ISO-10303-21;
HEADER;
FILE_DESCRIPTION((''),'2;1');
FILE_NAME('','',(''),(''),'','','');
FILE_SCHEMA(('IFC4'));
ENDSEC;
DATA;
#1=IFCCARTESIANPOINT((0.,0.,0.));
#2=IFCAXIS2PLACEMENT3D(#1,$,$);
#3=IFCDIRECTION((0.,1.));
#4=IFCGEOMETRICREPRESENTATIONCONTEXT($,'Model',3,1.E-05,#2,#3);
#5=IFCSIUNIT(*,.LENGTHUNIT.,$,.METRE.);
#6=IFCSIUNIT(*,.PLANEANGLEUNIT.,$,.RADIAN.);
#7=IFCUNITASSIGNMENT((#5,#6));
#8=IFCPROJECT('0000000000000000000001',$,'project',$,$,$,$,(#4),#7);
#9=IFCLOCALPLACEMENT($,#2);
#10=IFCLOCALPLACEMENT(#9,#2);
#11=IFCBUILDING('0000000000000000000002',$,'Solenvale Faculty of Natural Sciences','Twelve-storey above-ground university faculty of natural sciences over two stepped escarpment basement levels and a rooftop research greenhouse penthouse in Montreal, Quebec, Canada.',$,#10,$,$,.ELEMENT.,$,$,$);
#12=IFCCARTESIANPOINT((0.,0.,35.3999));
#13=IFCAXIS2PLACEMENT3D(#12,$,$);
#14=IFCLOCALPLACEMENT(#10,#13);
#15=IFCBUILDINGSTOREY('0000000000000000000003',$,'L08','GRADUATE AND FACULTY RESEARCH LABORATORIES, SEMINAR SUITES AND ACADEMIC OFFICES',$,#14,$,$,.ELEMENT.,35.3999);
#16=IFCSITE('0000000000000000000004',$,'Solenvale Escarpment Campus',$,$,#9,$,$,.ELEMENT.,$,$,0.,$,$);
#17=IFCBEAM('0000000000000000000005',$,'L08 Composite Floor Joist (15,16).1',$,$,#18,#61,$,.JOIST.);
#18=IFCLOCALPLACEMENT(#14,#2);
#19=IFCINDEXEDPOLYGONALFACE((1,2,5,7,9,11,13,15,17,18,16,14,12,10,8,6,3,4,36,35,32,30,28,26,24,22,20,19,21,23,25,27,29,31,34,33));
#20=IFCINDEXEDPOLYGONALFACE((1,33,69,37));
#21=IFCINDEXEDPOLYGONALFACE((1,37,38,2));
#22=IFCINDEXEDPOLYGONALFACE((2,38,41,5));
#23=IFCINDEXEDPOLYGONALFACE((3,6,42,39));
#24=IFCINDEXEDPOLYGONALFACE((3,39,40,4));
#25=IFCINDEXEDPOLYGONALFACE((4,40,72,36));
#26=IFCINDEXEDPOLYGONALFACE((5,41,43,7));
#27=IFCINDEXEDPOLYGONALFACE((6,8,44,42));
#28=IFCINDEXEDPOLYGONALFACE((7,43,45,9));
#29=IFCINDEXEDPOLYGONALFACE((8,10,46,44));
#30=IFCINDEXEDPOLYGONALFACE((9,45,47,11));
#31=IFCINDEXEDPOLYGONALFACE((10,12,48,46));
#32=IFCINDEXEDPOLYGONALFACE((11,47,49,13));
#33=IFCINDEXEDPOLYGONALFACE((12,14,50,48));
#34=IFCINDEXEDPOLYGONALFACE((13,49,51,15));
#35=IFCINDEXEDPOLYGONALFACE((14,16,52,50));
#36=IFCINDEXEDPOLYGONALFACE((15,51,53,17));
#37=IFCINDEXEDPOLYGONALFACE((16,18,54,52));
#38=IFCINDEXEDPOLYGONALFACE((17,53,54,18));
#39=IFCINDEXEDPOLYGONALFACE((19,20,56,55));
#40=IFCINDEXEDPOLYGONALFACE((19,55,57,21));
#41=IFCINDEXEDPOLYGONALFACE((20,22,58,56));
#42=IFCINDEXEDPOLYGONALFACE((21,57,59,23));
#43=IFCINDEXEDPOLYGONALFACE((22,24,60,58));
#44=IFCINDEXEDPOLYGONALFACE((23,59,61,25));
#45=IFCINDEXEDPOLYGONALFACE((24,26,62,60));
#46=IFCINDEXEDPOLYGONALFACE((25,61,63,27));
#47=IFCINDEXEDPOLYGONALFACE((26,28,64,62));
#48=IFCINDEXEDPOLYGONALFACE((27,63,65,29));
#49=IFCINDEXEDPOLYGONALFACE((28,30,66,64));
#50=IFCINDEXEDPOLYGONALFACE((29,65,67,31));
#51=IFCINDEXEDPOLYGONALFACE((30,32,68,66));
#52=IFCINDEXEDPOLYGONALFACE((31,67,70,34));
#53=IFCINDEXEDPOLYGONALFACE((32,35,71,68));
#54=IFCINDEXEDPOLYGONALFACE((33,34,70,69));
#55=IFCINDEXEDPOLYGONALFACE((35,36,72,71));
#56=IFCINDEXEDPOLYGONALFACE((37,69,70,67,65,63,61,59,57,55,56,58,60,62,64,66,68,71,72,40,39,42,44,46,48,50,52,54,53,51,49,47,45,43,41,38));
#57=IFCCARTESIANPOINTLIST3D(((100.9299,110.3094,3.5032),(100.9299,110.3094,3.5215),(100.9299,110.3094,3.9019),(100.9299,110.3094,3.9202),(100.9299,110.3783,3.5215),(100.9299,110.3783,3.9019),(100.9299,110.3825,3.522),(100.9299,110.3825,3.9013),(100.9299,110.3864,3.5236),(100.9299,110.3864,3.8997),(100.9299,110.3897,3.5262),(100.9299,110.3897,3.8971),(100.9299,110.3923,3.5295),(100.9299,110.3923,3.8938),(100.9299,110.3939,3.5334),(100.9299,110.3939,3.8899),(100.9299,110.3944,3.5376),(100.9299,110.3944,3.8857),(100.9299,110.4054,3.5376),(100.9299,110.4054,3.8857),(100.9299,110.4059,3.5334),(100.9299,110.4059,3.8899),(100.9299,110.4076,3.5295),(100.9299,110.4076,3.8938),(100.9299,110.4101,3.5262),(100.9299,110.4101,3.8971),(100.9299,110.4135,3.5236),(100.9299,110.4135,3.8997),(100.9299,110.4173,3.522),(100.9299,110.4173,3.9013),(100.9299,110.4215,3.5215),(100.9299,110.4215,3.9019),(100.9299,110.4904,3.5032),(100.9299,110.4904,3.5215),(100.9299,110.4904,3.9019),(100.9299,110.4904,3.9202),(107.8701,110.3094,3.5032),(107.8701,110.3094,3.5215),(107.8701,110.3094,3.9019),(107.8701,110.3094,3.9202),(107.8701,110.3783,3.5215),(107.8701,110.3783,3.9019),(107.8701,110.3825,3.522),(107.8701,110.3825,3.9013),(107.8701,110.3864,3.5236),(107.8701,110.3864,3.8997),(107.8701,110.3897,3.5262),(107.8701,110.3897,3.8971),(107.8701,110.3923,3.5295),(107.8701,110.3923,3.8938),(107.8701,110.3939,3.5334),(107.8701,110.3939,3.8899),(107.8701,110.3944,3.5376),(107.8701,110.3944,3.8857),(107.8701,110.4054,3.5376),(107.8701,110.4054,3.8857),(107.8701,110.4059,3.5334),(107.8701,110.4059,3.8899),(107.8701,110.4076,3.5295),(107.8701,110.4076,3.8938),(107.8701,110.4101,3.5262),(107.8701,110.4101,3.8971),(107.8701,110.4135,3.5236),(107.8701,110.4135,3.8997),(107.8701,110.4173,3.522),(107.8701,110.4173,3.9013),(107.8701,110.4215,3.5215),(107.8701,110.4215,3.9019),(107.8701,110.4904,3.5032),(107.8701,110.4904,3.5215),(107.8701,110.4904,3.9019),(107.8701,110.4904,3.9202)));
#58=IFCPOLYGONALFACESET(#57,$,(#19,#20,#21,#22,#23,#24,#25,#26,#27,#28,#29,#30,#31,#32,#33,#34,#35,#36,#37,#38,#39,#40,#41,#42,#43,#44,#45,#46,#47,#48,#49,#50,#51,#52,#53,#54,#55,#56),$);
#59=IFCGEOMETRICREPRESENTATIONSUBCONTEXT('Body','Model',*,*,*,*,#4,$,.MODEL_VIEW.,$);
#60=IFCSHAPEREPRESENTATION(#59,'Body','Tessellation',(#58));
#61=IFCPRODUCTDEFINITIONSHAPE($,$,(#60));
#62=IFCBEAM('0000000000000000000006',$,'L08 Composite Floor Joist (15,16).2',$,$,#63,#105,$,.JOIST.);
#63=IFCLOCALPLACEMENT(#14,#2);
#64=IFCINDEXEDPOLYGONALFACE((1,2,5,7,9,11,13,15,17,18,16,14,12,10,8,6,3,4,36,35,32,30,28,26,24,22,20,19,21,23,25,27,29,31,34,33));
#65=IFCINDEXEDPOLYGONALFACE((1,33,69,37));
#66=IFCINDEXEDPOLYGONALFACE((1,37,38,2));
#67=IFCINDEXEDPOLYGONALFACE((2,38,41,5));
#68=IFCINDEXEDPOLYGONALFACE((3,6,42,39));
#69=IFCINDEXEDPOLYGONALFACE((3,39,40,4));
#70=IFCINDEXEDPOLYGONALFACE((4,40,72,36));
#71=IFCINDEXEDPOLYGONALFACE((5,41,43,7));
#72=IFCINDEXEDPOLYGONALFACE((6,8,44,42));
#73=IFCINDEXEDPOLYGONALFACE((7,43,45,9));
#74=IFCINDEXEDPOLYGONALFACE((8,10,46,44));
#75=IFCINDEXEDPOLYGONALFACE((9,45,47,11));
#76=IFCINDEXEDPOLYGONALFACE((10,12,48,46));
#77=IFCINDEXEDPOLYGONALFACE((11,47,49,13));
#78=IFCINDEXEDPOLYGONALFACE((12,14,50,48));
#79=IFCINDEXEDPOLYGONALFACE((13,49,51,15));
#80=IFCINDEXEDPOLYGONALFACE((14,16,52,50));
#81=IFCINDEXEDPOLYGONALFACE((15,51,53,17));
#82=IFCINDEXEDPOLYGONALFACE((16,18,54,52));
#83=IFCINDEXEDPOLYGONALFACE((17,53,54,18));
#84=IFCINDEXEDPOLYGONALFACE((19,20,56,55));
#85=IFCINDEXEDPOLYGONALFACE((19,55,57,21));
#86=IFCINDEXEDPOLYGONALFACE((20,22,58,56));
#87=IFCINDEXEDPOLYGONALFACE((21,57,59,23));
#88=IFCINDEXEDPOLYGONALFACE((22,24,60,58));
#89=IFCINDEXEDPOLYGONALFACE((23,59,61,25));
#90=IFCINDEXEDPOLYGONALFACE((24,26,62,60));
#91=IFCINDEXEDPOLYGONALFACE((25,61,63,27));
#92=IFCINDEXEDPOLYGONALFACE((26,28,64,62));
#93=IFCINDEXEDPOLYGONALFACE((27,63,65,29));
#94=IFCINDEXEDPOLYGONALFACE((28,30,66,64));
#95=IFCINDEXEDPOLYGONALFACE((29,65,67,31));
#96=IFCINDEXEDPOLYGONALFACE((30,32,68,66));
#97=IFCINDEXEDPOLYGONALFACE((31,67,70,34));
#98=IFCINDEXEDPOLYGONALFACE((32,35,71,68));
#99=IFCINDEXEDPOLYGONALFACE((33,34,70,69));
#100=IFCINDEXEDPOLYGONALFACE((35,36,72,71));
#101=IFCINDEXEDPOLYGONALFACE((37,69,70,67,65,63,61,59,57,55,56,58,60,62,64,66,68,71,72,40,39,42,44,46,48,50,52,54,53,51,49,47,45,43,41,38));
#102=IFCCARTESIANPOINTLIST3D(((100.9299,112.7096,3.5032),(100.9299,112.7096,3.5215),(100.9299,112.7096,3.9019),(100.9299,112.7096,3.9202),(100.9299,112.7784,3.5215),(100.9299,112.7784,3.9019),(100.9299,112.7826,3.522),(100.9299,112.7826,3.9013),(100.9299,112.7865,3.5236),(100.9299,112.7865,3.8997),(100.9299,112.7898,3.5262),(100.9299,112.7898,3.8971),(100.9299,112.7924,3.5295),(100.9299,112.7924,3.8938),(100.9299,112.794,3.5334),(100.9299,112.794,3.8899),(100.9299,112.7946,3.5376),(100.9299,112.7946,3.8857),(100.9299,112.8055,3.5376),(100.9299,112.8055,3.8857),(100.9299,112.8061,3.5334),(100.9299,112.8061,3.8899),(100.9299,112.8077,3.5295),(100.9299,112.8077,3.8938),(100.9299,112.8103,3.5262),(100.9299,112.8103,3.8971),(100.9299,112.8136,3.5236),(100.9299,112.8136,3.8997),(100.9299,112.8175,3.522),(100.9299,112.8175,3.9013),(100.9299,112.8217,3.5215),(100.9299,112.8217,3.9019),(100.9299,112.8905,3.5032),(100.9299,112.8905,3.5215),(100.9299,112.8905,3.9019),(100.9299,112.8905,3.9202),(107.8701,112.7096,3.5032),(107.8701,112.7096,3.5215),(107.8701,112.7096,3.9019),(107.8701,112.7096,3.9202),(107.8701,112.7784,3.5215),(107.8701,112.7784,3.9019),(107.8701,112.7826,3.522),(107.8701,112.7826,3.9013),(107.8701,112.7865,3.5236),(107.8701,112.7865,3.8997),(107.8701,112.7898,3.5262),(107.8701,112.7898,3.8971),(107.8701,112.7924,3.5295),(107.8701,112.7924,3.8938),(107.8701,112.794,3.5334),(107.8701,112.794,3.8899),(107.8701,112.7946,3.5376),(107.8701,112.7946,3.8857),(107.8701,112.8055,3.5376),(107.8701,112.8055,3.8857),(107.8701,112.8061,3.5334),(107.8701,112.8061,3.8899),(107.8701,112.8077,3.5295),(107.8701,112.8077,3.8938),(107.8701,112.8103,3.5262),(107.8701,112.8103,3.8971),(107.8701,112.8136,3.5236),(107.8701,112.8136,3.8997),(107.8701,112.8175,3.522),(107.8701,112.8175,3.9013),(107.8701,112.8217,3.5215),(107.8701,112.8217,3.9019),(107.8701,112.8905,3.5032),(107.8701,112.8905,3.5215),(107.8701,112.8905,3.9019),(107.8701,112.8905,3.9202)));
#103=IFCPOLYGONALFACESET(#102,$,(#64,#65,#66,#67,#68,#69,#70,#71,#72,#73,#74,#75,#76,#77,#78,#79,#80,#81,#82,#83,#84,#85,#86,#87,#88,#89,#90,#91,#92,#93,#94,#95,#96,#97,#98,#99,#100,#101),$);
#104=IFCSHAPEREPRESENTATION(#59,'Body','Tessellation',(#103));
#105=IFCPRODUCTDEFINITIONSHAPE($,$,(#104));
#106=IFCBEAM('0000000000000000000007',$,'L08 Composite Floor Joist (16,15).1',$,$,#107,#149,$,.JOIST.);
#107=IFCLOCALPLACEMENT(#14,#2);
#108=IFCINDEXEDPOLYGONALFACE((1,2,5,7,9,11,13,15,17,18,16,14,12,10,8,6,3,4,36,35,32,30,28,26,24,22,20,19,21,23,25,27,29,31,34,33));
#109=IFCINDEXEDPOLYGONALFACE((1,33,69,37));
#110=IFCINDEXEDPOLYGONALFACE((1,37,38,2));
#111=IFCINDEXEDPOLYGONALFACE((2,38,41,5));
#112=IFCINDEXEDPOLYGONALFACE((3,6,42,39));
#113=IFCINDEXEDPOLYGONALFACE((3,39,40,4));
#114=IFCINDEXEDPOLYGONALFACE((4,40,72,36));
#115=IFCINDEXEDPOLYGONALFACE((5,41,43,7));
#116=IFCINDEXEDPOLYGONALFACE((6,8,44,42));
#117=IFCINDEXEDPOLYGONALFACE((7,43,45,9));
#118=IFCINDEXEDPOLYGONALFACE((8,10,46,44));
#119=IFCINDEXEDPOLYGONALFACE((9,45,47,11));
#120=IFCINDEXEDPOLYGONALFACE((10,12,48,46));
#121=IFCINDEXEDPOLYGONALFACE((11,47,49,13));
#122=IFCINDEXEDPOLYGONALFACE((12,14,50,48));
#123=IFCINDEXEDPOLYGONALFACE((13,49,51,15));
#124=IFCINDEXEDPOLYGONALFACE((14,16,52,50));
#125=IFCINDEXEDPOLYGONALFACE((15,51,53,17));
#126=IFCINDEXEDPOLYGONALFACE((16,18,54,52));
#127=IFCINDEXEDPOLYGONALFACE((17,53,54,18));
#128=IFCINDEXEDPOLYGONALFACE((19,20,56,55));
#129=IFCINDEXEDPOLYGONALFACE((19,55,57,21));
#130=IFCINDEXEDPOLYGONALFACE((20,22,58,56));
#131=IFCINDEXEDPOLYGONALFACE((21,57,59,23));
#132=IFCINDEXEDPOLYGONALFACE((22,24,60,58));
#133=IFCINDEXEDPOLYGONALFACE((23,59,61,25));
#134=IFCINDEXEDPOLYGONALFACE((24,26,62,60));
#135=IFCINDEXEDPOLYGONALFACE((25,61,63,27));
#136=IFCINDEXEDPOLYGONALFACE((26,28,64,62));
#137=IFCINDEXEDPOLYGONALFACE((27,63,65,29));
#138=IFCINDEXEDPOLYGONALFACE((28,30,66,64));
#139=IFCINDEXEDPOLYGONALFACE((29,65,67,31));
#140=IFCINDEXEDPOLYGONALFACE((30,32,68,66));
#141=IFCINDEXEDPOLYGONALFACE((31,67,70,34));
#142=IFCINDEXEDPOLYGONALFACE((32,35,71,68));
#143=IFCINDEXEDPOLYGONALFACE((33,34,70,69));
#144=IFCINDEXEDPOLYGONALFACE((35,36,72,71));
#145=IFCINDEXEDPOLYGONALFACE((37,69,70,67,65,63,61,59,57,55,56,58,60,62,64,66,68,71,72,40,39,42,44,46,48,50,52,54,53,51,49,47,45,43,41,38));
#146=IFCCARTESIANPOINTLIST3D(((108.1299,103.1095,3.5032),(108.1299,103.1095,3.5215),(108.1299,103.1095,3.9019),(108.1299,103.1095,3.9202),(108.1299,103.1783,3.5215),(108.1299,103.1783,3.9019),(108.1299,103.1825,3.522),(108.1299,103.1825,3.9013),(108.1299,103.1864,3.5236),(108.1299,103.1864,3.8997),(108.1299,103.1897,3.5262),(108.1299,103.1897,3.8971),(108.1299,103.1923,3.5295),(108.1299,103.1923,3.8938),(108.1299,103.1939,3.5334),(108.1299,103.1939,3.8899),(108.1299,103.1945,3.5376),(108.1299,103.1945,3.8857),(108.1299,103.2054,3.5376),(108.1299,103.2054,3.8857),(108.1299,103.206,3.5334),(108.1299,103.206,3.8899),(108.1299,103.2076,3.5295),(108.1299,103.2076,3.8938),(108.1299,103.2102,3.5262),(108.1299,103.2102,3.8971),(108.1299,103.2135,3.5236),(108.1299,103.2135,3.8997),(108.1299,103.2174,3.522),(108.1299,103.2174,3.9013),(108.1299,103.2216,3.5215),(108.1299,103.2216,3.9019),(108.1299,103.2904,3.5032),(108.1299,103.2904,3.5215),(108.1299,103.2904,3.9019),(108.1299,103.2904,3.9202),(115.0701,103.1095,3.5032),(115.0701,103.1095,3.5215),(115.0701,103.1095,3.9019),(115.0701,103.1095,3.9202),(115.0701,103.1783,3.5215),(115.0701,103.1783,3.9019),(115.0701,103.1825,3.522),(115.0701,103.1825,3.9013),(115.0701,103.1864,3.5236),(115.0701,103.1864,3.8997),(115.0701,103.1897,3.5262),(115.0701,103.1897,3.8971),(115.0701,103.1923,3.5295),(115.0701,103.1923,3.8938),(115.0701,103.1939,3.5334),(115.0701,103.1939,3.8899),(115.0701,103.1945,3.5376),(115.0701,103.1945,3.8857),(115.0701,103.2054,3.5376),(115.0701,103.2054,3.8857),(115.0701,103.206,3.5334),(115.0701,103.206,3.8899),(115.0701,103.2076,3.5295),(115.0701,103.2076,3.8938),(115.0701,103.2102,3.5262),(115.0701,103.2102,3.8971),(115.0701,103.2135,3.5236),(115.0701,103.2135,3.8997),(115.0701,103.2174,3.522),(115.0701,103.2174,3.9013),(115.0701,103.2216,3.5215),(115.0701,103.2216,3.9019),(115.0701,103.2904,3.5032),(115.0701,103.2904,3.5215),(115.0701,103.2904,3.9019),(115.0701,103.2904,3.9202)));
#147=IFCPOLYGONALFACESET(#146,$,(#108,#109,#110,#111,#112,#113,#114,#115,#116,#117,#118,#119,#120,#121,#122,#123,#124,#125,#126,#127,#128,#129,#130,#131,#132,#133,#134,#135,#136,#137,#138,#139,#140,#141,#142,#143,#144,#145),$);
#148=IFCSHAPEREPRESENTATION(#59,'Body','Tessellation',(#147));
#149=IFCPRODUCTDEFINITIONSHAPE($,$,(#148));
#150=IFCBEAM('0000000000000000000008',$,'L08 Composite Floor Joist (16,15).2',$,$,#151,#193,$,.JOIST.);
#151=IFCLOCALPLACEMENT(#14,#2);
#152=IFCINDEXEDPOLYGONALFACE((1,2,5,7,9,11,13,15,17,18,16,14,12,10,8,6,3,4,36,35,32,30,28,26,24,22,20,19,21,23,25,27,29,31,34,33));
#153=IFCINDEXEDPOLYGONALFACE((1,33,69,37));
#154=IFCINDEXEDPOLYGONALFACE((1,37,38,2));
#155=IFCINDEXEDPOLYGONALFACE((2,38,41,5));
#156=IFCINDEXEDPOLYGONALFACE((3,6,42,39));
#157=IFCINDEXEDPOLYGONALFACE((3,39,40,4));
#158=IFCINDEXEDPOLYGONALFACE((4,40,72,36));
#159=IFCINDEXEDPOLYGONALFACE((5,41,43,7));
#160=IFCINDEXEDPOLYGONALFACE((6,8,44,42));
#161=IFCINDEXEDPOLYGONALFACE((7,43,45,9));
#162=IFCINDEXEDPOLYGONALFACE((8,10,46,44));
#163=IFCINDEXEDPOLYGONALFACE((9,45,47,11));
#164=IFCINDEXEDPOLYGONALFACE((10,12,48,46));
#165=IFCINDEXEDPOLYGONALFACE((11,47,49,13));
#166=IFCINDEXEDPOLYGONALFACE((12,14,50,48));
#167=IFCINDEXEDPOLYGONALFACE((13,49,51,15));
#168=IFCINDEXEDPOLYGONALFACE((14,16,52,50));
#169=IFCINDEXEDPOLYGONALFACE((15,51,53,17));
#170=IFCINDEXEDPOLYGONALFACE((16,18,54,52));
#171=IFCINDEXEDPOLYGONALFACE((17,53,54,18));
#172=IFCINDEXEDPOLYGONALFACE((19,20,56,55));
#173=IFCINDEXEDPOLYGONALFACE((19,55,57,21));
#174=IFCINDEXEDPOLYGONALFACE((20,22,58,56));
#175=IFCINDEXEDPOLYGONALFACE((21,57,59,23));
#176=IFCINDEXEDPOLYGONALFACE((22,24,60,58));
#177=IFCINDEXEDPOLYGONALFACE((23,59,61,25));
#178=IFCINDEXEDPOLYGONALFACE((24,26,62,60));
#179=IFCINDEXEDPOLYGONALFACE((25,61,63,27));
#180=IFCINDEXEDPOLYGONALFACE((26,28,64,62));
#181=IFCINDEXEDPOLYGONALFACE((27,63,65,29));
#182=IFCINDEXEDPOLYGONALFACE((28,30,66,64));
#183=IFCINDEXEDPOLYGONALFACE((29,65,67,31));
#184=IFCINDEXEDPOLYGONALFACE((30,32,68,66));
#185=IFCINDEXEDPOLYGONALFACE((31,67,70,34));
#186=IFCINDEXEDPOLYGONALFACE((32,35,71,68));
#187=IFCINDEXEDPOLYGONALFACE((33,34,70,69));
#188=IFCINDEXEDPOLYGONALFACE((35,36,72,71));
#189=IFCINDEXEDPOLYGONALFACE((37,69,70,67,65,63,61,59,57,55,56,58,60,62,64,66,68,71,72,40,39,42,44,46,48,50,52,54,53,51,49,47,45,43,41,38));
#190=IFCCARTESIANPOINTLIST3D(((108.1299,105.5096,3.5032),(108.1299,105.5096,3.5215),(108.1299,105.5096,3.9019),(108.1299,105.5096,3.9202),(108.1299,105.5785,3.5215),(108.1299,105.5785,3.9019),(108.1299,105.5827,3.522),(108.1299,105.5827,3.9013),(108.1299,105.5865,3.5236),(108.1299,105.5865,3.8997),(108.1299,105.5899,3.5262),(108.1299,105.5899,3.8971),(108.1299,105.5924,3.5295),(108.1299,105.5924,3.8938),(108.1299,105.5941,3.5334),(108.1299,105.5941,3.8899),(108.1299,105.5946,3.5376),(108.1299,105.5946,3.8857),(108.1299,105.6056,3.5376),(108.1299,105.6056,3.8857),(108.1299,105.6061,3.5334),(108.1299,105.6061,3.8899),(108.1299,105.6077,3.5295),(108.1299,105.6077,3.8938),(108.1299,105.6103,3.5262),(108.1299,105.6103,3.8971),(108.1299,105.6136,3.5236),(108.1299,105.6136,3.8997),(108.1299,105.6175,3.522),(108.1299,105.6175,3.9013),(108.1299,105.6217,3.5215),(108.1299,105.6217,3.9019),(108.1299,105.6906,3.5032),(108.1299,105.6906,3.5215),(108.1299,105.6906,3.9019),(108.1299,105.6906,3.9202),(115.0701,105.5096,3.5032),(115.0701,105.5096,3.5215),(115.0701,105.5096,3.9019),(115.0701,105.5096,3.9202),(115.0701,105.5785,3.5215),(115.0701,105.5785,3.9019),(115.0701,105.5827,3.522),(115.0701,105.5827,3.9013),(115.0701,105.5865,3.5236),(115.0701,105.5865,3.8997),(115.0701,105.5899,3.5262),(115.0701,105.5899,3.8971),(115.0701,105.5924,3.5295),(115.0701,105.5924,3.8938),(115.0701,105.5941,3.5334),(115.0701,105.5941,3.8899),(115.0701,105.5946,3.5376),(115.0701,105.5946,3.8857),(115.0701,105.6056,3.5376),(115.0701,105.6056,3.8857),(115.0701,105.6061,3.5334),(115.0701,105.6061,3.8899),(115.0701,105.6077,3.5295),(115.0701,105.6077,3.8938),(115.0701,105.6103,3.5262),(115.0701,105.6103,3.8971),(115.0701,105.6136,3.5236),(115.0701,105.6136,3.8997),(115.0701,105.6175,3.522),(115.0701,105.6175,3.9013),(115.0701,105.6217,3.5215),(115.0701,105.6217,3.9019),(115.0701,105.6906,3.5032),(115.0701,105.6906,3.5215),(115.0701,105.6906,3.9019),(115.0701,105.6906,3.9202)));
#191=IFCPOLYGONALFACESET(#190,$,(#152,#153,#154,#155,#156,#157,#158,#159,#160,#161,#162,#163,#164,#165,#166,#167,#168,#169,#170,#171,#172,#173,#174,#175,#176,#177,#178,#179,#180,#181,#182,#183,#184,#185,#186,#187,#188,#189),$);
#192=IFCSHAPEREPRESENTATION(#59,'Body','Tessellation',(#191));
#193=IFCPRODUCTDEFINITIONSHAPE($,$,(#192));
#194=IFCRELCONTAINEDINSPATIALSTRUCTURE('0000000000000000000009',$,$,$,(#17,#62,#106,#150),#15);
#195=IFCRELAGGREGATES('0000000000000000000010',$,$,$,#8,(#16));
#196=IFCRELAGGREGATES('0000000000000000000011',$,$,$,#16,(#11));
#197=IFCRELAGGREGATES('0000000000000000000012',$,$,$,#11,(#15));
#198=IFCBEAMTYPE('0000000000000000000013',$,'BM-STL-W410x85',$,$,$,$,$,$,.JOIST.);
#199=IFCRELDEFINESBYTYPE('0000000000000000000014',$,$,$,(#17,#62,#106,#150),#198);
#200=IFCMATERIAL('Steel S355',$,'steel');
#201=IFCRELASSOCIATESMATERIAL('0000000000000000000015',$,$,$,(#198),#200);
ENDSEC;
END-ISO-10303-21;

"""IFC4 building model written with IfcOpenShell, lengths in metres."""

from ifc_helpers import new_model, si_unit, direction, frame, origin, origin_2d, place, context, subcontext, project, spatial, i_section, extrude, material, material_profile, profile_set, type_object, element, save


model = new_model("IFC4")

# Units and contexts
model_context = context("Model", 3, precision=1e-05, world=origin(), true_north=direction((0.0, 1.0)))
body_context = subcontext(model_context, "Body", "Model", "MODEL_VIEW")
ifc_project = project(units=[si_unit("LENGTHUNIT", "METRE"), si_unit("PLANEANGLEUNIT", "RADIAN")], contexts=[model_context])

# Site, building, storey
site_placement = place(None, origin())
site = spatial("IfcSite", under=ifc_project, at=site_placement, Name="Solenvale Escarpment Campus", CompositionType="ELEMENT", RefElevation=0.0)
building_placement = place(site_placement, origin())
building = spatial("IfcBuilding", under=site, at=building_placement, Name="Solenvale Faculty of Natural Sciences", Description="Twelve-storey above-ground university faculty of natural sciences over two stepped escarpment basement levels and a rooftop research greenhouse penthouse in Montreal, Quebec, Canada.", CompositionType="ELEMENT")
storey_placement = place(building_placement, frame((0.0, 0.0, 35.3999)))
storey = spatial("IfcBuildingStorey", under=building, at=storey_placement, Name="L08", Description="GRADUATE AND FACULTY RESEARCH LABORATORIES, SEMINAR SUITES AND ACADEMIC OFFICES", CompositionType="ELEMENT", Elevation=35.3999)

# Beams
ifc_material_1 = material(Name="Steel S355", Category="steel")
ifc_material_profile_1 = material_profile(ifc_material_1, i_section(OverallWidth=0.1809, OverallDepth=0.417, WebThickness=0.011, FlangeThickness=0.0183, FilletRadius=0.0161, at=origin_2d()), Name="W410x85")
ifc_profile_set_1 = profile_set([ifc_material_profile_1], Name="Steel S355")
beam_type_1 = type_object("IfcBeamType", Name="BM-STL-W410x85", PredefinedType="JOIST", material=ifc_profile_set_1)
for number, where, z_axis, x_axis, name in (
    (1, (100.9299, 110.3999, 3.7117), (1.0, 0.0, 0.0), (0.0, 1.0, 0.0), "L08 Composite Floor Joist (15,16).1"),
    (2, (100.9299, 112.8, 3.7117), (1.0, 0.0, 0.0), (0.0, 1.0, 0.0), "L08 Composite Floor Joist (15,16).2"),
    (3, (108.1299, 103.2, 3.7117), (1.0, 0.0, 0.0), (0.0, 1.0, 0.0), "L08 Composite Floor Joist (16,15).1"),
    (4, (108.1299, 105.6001, 3.7117), (1.0, 0.0, 0.0), (0.0, 1.0, 0.0), "L08 Composite Floor Joist (16,15).2"),
):
    element("IfcBeam", number, at=place(storey_placement, frame(where, z_axis=z_axis, x_axis=x_axis)), inside=storey, type_object=beam_type_1, Name=name, PredefinedType="JOIST", context=body_context, shape_type="SweptSolid", body=[
        extrude(i_section(OverallWidth=0.1809, OverallDepth=0.417, WebThickness=0.011, FlangeThickness=0.0183, FilletRadius=0.0161, at=origin_2d()), origin(), (0.0, 0.0, 1.0), 6.9402),
    ])

save(model, "model.ifc")
